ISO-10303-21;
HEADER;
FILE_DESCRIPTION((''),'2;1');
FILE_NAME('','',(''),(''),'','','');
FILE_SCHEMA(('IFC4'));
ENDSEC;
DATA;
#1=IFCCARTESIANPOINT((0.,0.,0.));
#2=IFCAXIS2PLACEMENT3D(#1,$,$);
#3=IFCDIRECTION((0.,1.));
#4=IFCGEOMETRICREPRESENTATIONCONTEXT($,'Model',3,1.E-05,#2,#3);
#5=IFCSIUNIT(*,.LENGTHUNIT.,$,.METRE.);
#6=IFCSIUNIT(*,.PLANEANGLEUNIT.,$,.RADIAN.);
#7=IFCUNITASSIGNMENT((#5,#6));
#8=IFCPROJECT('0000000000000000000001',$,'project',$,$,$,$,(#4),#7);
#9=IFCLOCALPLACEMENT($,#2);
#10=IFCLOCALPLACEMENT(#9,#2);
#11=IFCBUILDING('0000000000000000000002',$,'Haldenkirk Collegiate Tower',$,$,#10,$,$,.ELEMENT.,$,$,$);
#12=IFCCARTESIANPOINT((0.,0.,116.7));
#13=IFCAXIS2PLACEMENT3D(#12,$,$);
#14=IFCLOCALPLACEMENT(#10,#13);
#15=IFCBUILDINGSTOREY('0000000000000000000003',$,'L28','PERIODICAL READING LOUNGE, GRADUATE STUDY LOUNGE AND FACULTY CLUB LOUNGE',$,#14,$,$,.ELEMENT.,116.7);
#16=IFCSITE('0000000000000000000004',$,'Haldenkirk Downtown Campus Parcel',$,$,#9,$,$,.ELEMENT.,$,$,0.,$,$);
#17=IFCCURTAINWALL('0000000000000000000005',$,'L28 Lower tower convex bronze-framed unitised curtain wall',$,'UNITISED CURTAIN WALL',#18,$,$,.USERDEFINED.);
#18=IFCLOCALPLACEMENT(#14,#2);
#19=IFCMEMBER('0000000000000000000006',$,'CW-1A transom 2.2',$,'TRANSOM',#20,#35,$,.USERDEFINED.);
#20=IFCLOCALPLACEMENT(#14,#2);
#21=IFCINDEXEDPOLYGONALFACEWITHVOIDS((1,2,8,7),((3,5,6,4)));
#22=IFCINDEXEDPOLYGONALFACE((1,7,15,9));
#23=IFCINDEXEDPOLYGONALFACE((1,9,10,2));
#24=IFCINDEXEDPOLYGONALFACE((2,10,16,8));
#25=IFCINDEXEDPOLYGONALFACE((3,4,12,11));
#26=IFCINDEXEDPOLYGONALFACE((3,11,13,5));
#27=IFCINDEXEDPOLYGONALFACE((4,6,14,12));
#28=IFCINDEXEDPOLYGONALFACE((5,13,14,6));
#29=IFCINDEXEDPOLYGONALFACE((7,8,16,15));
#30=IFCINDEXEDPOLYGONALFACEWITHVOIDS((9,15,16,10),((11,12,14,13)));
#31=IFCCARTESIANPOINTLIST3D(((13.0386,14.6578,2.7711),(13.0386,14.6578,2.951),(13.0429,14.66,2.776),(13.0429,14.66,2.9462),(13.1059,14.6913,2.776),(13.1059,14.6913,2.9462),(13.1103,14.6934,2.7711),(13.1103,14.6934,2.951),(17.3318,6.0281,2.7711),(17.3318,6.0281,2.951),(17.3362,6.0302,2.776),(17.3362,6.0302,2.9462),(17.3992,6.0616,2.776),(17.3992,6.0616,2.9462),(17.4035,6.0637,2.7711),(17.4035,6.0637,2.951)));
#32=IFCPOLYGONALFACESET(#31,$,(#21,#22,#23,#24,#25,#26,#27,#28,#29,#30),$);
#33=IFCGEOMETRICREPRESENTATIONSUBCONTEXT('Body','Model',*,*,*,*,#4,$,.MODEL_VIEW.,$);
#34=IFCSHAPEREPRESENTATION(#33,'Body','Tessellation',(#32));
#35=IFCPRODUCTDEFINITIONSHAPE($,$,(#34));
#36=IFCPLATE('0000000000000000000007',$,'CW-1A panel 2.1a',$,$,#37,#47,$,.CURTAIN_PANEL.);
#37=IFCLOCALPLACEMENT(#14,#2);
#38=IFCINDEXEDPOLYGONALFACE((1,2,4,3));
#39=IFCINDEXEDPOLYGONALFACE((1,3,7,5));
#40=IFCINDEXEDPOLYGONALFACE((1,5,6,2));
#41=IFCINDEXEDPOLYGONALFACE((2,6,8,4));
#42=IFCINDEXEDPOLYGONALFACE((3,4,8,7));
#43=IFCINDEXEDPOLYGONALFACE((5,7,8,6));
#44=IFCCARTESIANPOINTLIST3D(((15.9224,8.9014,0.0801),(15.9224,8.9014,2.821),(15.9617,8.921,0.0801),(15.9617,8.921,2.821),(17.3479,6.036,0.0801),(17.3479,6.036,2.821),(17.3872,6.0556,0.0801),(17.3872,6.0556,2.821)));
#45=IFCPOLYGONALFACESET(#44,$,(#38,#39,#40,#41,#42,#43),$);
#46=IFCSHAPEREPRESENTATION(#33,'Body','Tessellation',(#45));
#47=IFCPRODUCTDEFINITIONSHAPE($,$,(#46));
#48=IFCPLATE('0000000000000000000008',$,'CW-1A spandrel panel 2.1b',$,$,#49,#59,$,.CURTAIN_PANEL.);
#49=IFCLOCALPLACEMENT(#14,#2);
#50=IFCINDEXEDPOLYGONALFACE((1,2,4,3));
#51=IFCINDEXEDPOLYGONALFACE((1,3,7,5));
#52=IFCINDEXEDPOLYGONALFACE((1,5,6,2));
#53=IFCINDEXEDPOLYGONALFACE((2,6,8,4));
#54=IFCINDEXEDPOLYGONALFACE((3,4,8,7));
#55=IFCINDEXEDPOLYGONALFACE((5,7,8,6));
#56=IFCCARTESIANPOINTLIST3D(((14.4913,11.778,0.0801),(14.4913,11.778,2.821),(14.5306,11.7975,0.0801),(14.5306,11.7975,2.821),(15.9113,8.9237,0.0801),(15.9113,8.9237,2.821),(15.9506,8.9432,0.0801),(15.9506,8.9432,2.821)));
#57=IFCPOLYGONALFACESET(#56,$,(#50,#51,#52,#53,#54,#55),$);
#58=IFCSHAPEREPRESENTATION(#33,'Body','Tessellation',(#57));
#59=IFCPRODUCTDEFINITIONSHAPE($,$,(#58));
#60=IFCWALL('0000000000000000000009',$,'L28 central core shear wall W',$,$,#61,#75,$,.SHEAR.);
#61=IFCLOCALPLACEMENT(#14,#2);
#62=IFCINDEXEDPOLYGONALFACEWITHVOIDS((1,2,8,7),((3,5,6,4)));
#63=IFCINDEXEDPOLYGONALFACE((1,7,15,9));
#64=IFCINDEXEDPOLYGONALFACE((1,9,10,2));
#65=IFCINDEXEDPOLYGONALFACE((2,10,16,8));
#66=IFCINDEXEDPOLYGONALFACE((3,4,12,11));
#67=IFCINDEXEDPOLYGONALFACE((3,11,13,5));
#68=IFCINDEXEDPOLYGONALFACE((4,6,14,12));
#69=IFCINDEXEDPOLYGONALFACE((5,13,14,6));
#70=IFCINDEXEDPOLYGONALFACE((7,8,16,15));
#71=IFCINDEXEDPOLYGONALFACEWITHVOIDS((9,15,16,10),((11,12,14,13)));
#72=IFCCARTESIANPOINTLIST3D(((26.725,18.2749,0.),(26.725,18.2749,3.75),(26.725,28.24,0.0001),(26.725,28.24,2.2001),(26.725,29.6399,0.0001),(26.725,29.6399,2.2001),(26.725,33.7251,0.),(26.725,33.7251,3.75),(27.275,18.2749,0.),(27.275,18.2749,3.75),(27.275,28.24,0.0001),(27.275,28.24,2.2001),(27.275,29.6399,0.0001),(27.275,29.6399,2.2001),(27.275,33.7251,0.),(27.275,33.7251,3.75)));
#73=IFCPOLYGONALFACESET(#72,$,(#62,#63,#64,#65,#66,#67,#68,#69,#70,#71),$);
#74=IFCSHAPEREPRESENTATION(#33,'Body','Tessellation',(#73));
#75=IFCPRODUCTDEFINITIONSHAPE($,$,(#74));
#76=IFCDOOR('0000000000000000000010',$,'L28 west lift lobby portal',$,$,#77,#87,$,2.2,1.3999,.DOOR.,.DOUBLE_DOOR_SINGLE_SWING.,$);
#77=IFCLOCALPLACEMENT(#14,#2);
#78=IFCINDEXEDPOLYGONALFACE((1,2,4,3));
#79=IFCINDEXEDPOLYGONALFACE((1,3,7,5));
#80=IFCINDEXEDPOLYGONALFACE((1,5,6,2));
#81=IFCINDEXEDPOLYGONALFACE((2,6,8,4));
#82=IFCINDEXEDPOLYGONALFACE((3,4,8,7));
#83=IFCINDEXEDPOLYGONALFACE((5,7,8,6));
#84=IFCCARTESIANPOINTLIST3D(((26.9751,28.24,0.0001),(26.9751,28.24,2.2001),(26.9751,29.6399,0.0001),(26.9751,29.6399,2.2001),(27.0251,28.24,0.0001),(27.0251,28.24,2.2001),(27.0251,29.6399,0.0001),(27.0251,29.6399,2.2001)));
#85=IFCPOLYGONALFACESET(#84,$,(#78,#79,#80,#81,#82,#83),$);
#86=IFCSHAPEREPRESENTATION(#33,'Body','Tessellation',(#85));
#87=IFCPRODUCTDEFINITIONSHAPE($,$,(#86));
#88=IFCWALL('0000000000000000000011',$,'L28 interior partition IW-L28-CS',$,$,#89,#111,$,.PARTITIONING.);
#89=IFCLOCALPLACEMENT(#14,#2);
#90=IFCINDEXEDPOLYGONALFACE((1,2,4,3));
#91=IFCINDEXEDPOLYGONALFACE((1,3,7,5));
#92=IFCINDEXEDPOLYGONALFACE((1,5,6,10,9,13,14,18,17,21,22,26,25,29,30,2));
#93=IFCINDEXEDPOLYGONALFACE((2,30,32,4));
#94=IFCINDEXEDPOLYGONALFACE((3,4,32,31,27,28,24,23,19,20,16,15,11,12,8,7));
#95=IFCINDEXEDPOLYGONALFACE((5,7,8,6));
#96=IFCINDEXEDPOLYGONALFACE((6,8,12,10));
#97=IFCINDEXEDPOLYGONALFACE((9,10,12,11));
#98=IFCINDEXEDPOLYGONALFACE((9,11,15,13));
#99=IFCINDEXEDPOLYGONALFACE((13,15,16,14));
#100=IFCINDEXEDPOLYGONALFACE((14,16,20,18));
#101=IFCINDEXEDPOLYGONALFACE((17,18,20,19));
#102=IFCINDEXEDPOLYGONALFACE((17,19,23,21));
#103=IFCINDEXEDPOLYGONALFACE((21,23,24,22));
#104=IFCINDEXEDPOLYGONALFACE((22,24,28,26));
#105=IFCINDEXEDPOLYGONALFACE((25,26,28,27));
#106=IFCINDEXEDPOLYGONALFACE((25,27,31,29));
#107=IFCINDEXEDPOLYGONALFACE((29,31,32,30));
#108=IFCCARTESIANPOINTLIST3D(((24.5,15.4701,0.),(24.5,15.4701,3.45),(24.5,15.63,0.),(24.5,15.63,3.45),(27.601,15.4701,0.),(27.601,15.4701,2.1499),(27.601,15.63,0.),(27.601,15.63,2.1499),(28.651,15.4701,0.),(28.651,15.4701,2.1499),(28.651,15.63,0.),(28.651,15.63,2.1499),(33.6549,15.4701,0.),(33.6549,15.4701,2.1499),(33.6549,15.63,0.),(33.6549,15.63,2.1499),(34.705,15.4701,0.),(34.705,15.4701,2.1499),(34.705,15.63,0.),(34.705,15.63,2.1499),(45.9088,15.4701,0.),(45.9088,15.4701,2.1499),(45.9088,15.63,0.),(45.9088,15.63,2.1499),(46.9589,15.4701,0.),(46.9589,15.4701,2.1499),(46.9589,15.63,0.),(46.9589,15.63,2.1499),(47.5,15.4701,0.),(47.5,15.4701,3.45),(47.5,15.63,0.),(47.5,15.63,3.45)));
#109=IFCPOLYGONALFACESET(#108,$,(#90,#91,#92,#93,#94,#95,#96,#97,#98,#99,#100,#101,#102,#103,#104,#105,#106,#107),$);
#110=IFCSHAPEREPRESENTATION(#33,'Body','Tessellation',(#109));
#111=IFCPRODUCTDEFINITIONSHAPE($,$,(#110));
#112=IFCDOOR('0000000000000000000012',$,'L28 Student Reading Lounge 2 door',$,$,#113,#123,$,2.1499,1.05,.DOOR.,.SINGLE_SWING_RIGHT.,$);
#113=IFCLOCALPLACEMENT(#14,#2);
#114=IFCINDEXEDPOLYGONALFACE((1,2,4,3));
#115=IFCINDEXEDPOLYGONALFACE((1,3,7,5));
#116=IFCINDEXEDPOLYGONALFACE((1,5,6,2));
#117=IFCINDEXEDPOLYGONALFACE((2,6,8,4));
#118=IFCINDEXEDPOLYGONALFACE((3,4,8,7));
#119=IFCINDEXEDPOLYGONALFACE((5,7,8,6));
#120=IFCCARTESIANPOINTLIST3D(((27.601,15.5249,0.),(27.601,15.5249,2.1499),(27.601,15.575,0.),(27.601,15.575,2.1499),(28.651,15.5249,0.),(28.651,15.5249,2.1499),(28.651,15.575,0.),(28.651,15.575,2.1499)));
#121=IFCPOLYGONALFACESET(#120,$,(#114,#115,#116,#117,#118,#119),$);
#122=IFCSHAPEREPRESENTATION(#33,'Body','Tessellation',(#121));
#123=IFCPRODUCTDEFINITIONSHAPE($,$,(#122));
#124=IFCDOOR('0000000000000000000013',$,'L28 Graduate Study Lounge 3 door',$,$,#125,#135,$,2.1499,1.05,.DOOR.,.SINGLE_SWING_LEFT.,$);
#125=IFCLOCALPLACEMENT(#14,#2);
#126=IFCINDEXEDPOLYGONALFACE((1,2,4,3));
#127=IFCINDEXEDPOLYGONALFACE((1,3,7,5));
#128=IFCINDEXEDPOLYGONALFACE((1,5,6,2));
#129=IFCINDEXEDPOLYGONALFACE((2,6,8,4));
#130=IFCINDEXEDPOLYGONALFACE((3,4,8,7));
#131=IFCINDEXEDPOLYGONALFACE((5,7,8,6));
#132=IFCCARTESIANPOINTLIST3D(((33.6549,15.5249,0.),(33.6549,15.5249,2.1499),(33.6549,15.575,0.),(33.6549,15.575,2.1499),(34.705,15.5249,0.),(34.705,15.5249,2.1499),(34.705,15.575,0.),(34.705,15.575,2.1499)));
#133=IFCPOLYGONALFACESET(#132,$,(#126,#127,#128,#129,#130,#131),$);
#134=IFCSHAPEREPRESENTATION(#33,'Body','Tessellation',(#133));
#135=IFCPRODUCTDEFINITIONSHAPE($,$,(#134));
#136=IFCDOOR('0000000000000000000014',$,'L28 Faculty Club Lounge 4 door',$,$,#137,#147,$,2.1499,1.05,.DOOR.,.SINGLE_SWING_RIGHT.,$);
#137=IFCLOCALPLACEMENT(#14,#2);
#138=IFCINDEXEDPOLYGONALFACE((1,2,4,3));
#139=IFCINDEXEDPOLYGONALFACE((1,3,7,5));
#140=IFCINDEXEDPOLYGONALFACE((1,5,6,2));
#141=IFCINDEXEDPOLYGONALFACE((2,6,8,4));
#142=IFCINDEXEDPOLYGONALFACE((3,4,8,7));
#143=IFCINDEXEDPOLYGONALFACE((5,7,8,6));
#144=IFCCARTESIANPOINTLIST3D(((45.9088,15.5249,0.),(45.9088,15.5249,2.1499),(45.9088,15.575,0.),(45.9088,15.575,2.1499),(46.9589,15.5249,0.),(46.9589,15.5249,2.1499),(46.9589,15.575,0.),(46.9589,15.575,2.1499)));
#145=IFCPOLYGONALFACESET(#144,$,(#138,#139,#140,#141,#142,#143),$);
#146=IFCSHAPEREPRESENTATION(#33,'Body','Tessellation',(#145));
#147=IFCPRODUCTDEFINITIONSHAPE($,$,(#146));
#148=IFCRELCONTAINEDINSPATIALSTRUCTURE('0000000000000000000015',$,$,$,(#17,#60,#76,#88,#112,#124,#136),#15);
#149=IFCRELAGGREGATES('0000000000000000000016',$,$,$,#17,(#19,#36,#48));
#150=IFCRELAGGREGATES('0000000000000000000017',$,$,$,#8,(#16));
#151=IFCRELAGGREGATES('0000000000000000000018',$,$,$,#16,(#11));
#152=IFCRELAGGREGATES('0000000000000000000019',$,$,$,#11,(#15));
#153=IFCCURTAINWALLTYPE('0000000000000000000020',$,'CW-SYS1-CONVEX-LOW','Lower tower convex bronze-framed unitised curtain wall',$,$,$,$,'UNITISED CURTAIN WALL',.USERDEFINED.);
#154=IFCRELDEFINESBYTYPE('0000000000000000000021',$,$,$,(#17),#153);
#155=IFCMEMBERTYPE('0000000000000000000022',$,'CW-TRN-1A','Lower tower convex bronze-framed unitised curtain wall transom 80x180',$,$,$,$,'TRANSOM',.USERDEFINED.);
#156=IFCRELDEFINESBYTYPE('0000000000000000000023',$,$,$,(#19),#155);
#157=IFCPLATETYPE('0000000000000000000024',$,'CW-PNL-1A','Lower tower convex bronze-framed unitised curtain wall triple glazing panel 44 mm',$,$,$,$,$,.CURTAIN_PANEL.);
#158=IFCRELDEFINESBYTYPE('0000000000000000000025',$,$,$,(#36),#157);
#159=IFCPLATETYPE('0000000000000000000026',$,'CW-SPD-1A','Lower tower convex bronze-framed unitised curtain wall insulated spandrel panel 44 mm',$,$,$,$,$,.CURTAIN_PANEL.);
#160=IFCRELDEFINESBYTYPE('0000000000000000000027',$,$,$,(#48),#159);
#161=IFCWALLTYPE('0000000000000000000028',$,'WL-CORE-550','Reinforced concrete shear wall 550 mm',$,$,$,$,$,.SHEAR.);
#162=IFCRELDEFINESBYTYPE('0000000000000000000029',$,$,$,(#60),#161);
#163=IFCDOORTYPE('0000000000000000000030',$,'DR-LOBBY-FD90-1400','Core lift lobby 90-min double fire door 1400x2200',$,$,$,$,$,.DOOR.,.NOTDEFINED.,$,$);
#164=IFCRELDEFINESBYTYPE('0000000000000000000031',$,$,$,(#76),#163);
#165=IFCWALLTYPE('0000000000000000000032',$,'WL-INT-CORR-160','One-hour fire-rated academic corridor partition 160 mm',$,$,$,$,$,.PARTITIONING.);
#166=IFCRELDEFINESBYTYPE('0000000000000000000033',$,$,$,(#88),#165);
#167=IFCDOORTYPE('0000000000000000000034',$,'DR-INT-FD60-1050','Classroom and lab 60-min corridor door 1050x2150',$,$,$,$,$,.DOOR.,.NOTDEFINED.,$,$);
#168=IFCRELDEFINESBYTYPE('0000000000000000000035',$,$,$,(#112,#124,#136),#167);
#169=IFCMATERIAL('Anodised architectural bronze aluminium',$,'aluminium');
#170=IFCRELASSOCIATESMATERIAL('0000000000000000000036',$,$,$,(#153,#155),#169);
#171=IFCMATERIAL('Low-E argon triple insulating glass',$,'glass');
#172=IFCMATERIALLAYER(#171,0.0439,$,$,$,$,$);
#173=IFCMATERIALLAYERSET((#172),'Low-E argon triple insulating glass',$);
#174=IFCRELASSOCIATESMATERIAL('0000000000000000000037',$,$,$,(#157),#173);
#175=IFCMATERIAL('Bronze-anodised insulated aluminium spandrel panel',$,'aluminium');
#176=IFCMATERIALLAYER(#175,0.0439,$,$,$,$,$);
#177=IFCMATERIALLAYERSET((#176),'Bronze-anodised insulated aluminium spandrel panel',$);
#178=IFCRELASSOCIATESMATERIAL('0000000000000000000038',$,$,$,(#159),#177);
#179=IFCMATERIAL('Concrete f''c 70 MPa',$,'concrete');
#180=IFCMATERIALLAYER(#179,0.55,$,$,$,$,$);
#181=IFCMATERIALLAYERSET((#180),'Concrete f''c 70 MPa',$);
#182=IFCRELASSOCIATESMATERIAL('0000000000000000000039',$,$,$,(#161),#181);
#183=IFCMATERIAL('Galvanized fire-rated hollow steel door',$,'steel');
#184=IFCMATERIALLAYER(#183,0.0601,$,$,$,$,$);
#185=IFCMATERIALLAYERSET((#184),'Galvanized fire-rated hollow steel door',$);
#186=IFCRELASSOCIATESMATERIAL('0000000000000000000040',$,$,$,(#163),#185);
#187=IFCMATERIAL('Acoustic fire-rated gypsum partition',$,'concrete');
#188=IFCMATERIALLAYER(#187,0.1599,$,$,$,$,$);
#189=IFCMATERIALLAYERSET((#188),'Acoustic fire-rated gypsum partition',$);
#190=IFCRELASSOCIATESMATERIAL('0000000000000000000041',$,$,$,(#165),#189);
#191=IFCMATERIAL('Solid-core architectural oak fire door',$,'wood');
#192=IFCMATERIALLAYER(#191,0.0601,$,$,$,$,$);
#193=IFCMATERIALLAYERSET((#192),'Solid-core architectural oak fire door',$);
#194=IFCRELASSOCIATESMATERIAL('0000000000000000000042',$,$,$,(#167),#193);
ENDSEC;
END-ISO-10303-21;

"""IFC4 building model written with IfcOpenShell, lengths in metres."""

from ifc_helpers import new_model, si_unit, direction, frame, frame_2d, origin, origin_2d, place, context, subcontext, project, spatial, rectangle, hollow_rectangle, extrude, source, transform, mapped, material, layer, layer_set, material_profile, profile_set, type_object, element, fill, aggregate, save


model = new_model("IFC4")

# Units and contexts
model_context = context("Model", 3, precision=1e-05, world=origin(), true_north=direction((0.0, 1.0)))
body_context = subcontext(model_context, "Body", "Model", "MODEL_VIEW")
ifc_project = project(units=[si_unit("LENGTHUNIT", "METRE"), si_unit("PLANEANGLEUNIT", "RADIAN")], contexts=[model_context])

# Site, building, storey
site_placement = place(None, origin())
site = spatial("IfcSite", under=ifc_project, at=site_placement, Name="Haldenkirk Downtown Campus Parcel", CompositionType="ELEMENT", RefElevation=0.0)
building_placement = place(site_placement, origin())
building = spatial("IfcBuilding", under=site, at=building_placement, Name="Haldenkirk Collegiate Tower", CompositionType="ELEMENT")
storey_placement = place(building_placement, frame((0.0, 0.0, 116.7)))
storey = spatial("IfcBuildingStorey", under=building, at=storey_placement, Name="L28", Description="PERIODICAL READING LOUNGE, GRADUATE STUDY LOUNGE AND FACULTY CLUB LOUNGE", CompositionType="ELEMENT", Elevation=116.7)

# Curtain wall, member, plates
ifc_material_1 = material(Name="Anodised architectural bronze aluminium", Category="aluminium")
curtain_wall_type = type_object("IfcCurtainWallType", Name="CW-SYS1-CONVEX-LOW", Description="Lower tower convex bronze-framed unitised curtain wall", ElementType="UNITISED CURTAIN WALL", PredefinedType="USERDEFINED", material=ifc_material_1)
curtain_wall_placement = place(storey_placement, origin())
curtain_wall = element("IfcCurtainWall", 1, at=curtain_wall_placement, inside=storey, type_object=curtain_wall_type, Name="L28 Lower tower convex bronze-framed unitised curtain wall", ObjectType="UNITISED CURTAIN WALL", PredefinedType="USERDEFINED")
ifc_material_profile_1 = material_profile(ifc_material_1, hollow_rectangle(XDim=0.0801, YDim=0.1799, WallThickness=0.0049, at=origin_2d()), Name="CW-TRN-1A")
ifc_profile_set_1 = profile_set([ifc_material_profile_1], Name="Anodised architectural bronze aluminium")
member_type_1 = type_object("IfcMemberType", Name="CW-TRN-1A", Description="Lower tower convex bronze-framed unitised curtain wall transom 80x180", ElementType="TRANSOM", PredefinedType="USERDEFINED", material=ifc_profile_set_1)
member_1_placement = place(storey_placement, frame((17.3677, 6.0459, 2.8611), z_axis=(-0.445419, 0.895322, 0.0), x_axis=(-0.895322, -0.445419, 0.0)))
member_1 = element("IfcMember", 2, at=member_1_placement, type_object=member_type_1, Name="CW-1A transom 2.2", ObjectType="TRANSOM", PredefinedType="USERDEFINED", context=body_context, shape_type="SweptSolid", body=[
    extrude(hollow_rectangle(XDim=0.0801, YDim=0.1799, WallThickness=0.0049, at=origin_2d()), origin(), (0.0, 0.0, 1.0), 9.6387),
])
ifc_material_2 = material(Name="Low-E argon triple insulating glass", Category="glass")
ifc_layer_1 = layer(ifc_material_2, 0.0439)
ifc_layer_set_1 = layer_set([ifc_layer_1], Name="Low-E argon triple insulating glass")
plate_type_1 = type_object("IfcPlateType", Name="CW-PNL-1A", Description="Lower tower convex bronze-framed unitised curtain wall triple glazing panel 44 mm", PredefinedType="CURTAIN_PANEL", material=ifc_layer_set_1)
shared_shape_1 = source(origin(), body_context, "Body", "SweptSolid", [
    extrude(rectangle(XDim=3.2004, YDim=0.0439, at=origin_2d()), origin(), (0.0, 0.0, 1.0), 2.741),
])
plate_1_placement = place(storey_placement, frame((16.6548, 7.4785, 0.0801), z_axis=(0.0, 0.0, 1.0), x_axis=(-0.445415, 0.895324, 0.0)))
plate_1 = element("IfcPlate", 3, at=plate_1_placement, type_object=plate_type_1, Name="CW-1A panel 2.1a", PredefinedType="CURTAIN_PANEL", context=body_context, shape_type="MappedRepresentation", body=[
    mapped(shared_shape_1, transform((0.0, 0.0, 0.0), x_axis=(1.0, 0.0, 0.0), y_axis=(0.0, 1.0, 0.0), z_axis=(0.0, 0.0, 1.0), scale=1.0)),
])
ifc_material_3 = material(Name="Bronze-anodised insulated aluminium spandrel panel", Category="aluminium")
ifc_layer_2 = layer(ifc_material_3, 0.0439)
ifc_layer_set_2 = layer_set([ifc_layer_2], Name="Bronze-anodised insulated aluminium spandrel panel")
plate_type_2 = type_object("IfcPlateType", Name="CW-SPD-1A", Description="Lower tower convex bronze-framed unitised curtain wall insulated spandrel panel 44 mm", PredefinedType="CURTAIN_PANEL", material=ifc_layer_set_2)
shared_shape_2 = source(origin(), body_context, "Body", "SweptSolid", [
    extrude(rectangle(XDim=3.188, YDim=0.0439, at=origin_2d()), origin(), (0.0, 0.0, 1.0), 2.741),
])
plate_2_placement = place(storey_placement, frame((15.2209, 10.3606, 0.0801), z_axis=(0.0, 0.0, 1.0), x_axis=(-0.445415, 0.895324, 0.0)))
plate_2 = element("IfcPlate", 4, at=plate_2_placement, type_object=plate_type_2, Name="CW-1A spandrel panel 2.1b", PredefinedType="CURTAIN_PANEL", context=body_context, shape_type="MappedRepresentation", body=[
    mapped(shared_shape_2, transform((0.0, 0.0, 0.0), x_axis=(1.0, 0.0, 0.0), y_axis=(0.0, 1.0, 0.0), z_axis=(0.0, 0.0, 1.0), scale=1.0)),
])
aggregate(curtain_wall, [member_1, plate_1, plate_2])

# Shared definitions
ifc_material_4 = material(Name="Concrete f'c 70 MPa", Category="concrete")
ifc_layer_3 = layer(ifc_material_4, 0.55)
ifc_layer_set_3 = layer_set([ifc_layer_3], Name="Concrete f'c 70 MPa")
wall_type_1 = type_object("IfcWallType", Name="WL-CORE-550", Description="Reinforced concrete shear wall 550 mm", PredefinedType="SHEAR", material=ifc_layer_set_3)
ifc_material_5 = material(Name="Galvanized fire-rated hollow steel door", Category="steel")

# Wall, opening, door
wall_1_placement = place(storey_placement, frame((27.0, 18.2749, 0.0), z_axis=(0.0, 0.0, 1.0), x_axis=(0.0, 1.0, 0.0)))
wall_1 = element("IfcWall", 5, at=wall_1_placement, inside=storey, type_object=wall_type_1, Name="L28 central core shear wall W", PredefinedType="SHEAR", context=body_context, shape_type="SweptSolid", body=[
    extrude(rectangle(XDim=15.4502, YDim=0.55, at=frame_2d((7.7251, 0.0))), origin(), (0.0, 0.0, 1.0), 3.75),
])
opening_1_placement = place(wall_1_placement, frame((9.9651, 0.0, 0.0)))
opening_1 = element("IfcOpeningElement", 6, at=opening_1_placement, cuts=wall_1, PredefinedType="OPENING", context=body_context, shape_type="SweptSolid", body=[
    extrude(rectangle(XDim=1.3999, YDim=2.2, at=frame_2d((0.7, 1.1001))), frame((0.0, 0.2849, 0.0), z_axis=(0.0, -1.0, 0.0), x_axis=(1.0, 0.0, 0.0)), (0.0, 0.0, 1.0), 0.5701),
])
ifc_layer_4 = layer(ifc_material_5, 0.0601)
ifc_layer_set_4 = layer_set([ifc_layer_4], Name="Galvanized fire-rated hollow steel door")
door_type_1 = type_object("IfcDoorType", Name="DR-LOBBY-FD90-1400", Description="Core lift lobby 90-min double fire door 1400x2200", OperationType="NOTDEFINED", PredefinedType="DOOR", material=ifc_layer_set_4)
door_1_placement = place(opening_1_placement, origin())
door_1 = element("IfcDoor", 7, at=door_1_placement, inside=storey, type_object=door_type_1, Name="L28 west lift lobby portal", OperationType="DOUBLE_DOOR_SINGLE_SWING", OverallHeight=2.2, OverallWidth=1.3999, PredefinedType="DOOR", context=body_context, shape_type="SweptSolid", body=[
    extrude(rectangle(XDim=1.3999, YDim=2.2, at=frame_2d((0.7, 1.1001))), frame((0.0, 0.0249, 0.0), z_axis=(0.0, -1.0, 0.0), x_axis=(1.0, 0.0, 0.0)), (0.0, 0.0, 1.0), 0.05),
])
fill(opening_1, door_1)

# Wall, openings, doors
ifc_material_6 = material(Name="Acoustic fire-rated gypsum partition", Category="concrete")
ifc_layer_5 = layer(ifc_material_6, 0.1599)
ifc_layer_set_5 = layer_set([ifc_layer_5], Name="Acoustic fire-rated gypsum partition")
wall_type_2 = type_object("IfcWallType", Name="WL-INT-CORR-160", Description="One-hour fire-rated academic corridor partition 160 mm", PredefinedType="PARTITIONING", material=ifc_layer_set_5)
wall_2_placement = place(storey_placement, frame((24.5, 15.55, 0.0), z_axis=(0.0, 0.0, 1.0), x_axis=(1.0, 0.0, 0.0)))
wall_2 = element("IfcWall", 8, at=wall_2_placement, inside=storey, type_object=wall_type_2, Name="L28 interior partition IW-L28-CS", PredefinedType="PARTITIONING", context=body_context, shape_type="SweptSolid", body=[
    extrude(rectangle(XDim=23.0, YDim=0.1599, at=frame_2d((11.5, 0.0))), origin(), (0.0, 0.0, 1.0), 3.45),
])
opening_2_placement = place(wall_2_placement, frame((3.1011, 0.0, 0.0)))
opening_2 = element("IfcOpeningElement", 9, at=opening_2_placement, cuts=wall_2, PredefinedType="OPENING", context=body_context, shape_type="SweptSolid", body=[
    extrude(rectangle(XDim=1.05, YDim=2.1499, at=frame_2d((0.5249, 1.075))), frame((0.0, 0.0898, 0.0), z_axis=(0.0, -1.0, 0.0), x_axis=(1.0, 0.0, 0.0)), (0.0, 0.0, 1.0), 0.1799),
])
opening_3_placement = place(wall_2_placement, frame((9.155, 0.0, 0.0)))
opening_3 = element("IfcOpeningElement", 10, at=opening_3_placement, cuts=wall_2, PredefinedType="OPENING", context=body_context, shape_type="SweptSolid", body=[
    extrude(rectangle(XDim=1.05, YDim=2.1499, at=frame_2d((0.5249, 1.075))), frame((0.0, 0.0898, 0.0), z_axis=(0.0, -1.0, 0.0), x_axis=(1.0, 0.0, 0.0)), (0.0, 0.0, 1.0), 0.1799),
])
opening_4_placement = place(wall_2_placement, frame((21.4089, 0.0, 0.0)))
opening_4 = element("IfcOpeningElement", 11, at=opening_4_placement, cuts=wall_2, PredefinedType="OPENING", context=body_context, shape_type="SweptSolid", body=[
    extrude(rectangle(XDim=1.05, YDim=2.1499, at=frame_2d((0.5249, 1.075))), frame((0.0, 0.0898, 0.0), z_axis=(0.0, -1.0, 0.0), x_axis=(1.0, 0.0, 0.0)), (0.0, 0.0, 1.0), 0.1799),
])
ifc_material_7 = material(Name="Solid-core architectural oak fire door", Category="wood")
ifc_layer_6 = layer(ifc_material_7, 0.0601)
ifc_layer_set_6 = layer_set([ifc_layer_6], Name="Solid-core architectural oak fire door")
door_type_2 = type_object("IfcDoorType", Name="DR-INT-FD60-1050", Description="Classroom and lab 60-min corridor door 1050x2150", OperationType="NOTDEFINED", PredefinedType="DOOR", material=ifc_layer_set_6)
door_2_placement = place(opening_2_placement, origin())
door_2 = element("IfcDoor", 12, at=door_2_placement, inside=storey, type_object=door_type_2, Name="L28 Student Reading Lounge 2 door", OperationType="SINGLE_SWING_RIGHT", OverallHeight=2.1499, OverallWidth=1.05, PredefinedType="DOOR", context=body_context, shape_type="SweptSolid", body=[
    extrude(rectangle(XDim=1.05, YDim=2.1499, at=frame_2d((0.5249, 1.075))), frame((0.0, 0.0249, 0.0), z_axis=(0.0, -1.0, 0.0), x_axis=(1.0, 0.0, 0.0)), (0.0, 0.0, 1.0), 0.05),
])
fill(opening_2, door_2)
door_3_placement = place(opening_3_placement, origin())
door_3 = element("IfcDoor", 13, at=door_3_placement, inside=storey, type_object=door_type_2, Name="L28 Graduate Study Lounge 3 door", OperationType="SINGLE_SWING_LEFT", OverallHeight=2.1499, OverallWidth=1.05, PredefinedType="DOOR", context=body_context, shape_type="SweptSolid", body=[
    extrude(rectangle(XDim=1.05, YDim=2.1499, at=frame_2d((0.5249, 1.075))), frame((0.0, 0.0249, 0.0), z_axis=(0.0, -1.0, 0.0), x_axis=(1.0, 0.0, 0.0)), (0.0, 0.0, 1.0), 0.05),
])
fill(opening_3, door_3)
door_4_placement = place(opening_4_placement, origin())
door_4 = element("IfcDoor", 14, at=door_4_placement, inside=storey, type_object=door_type_2, Name="L28 Faculty Club Lounge 4 door", OperationType="SINGLE_SWING_RIGHT", OverallHeight=2.1499, OverallWidth=1.05, PredefinedType="DOOR", context=body_context, shape_type="SweptSolid", body=[
    extrude(rectangle(XDim=1.05, YDim=2.1499, at=frame_2d((0.5249, 1.075))), frame((0.0, 0.0249, 0.0), z_axis=(0.0, -1.0, 0.0), x_axis=(1.0, 0.0, 0.0)), (0.0, 0.0, 1.0), 0.05),
])
fill(opening_4, door_4)

save(model, "model.ifc")
